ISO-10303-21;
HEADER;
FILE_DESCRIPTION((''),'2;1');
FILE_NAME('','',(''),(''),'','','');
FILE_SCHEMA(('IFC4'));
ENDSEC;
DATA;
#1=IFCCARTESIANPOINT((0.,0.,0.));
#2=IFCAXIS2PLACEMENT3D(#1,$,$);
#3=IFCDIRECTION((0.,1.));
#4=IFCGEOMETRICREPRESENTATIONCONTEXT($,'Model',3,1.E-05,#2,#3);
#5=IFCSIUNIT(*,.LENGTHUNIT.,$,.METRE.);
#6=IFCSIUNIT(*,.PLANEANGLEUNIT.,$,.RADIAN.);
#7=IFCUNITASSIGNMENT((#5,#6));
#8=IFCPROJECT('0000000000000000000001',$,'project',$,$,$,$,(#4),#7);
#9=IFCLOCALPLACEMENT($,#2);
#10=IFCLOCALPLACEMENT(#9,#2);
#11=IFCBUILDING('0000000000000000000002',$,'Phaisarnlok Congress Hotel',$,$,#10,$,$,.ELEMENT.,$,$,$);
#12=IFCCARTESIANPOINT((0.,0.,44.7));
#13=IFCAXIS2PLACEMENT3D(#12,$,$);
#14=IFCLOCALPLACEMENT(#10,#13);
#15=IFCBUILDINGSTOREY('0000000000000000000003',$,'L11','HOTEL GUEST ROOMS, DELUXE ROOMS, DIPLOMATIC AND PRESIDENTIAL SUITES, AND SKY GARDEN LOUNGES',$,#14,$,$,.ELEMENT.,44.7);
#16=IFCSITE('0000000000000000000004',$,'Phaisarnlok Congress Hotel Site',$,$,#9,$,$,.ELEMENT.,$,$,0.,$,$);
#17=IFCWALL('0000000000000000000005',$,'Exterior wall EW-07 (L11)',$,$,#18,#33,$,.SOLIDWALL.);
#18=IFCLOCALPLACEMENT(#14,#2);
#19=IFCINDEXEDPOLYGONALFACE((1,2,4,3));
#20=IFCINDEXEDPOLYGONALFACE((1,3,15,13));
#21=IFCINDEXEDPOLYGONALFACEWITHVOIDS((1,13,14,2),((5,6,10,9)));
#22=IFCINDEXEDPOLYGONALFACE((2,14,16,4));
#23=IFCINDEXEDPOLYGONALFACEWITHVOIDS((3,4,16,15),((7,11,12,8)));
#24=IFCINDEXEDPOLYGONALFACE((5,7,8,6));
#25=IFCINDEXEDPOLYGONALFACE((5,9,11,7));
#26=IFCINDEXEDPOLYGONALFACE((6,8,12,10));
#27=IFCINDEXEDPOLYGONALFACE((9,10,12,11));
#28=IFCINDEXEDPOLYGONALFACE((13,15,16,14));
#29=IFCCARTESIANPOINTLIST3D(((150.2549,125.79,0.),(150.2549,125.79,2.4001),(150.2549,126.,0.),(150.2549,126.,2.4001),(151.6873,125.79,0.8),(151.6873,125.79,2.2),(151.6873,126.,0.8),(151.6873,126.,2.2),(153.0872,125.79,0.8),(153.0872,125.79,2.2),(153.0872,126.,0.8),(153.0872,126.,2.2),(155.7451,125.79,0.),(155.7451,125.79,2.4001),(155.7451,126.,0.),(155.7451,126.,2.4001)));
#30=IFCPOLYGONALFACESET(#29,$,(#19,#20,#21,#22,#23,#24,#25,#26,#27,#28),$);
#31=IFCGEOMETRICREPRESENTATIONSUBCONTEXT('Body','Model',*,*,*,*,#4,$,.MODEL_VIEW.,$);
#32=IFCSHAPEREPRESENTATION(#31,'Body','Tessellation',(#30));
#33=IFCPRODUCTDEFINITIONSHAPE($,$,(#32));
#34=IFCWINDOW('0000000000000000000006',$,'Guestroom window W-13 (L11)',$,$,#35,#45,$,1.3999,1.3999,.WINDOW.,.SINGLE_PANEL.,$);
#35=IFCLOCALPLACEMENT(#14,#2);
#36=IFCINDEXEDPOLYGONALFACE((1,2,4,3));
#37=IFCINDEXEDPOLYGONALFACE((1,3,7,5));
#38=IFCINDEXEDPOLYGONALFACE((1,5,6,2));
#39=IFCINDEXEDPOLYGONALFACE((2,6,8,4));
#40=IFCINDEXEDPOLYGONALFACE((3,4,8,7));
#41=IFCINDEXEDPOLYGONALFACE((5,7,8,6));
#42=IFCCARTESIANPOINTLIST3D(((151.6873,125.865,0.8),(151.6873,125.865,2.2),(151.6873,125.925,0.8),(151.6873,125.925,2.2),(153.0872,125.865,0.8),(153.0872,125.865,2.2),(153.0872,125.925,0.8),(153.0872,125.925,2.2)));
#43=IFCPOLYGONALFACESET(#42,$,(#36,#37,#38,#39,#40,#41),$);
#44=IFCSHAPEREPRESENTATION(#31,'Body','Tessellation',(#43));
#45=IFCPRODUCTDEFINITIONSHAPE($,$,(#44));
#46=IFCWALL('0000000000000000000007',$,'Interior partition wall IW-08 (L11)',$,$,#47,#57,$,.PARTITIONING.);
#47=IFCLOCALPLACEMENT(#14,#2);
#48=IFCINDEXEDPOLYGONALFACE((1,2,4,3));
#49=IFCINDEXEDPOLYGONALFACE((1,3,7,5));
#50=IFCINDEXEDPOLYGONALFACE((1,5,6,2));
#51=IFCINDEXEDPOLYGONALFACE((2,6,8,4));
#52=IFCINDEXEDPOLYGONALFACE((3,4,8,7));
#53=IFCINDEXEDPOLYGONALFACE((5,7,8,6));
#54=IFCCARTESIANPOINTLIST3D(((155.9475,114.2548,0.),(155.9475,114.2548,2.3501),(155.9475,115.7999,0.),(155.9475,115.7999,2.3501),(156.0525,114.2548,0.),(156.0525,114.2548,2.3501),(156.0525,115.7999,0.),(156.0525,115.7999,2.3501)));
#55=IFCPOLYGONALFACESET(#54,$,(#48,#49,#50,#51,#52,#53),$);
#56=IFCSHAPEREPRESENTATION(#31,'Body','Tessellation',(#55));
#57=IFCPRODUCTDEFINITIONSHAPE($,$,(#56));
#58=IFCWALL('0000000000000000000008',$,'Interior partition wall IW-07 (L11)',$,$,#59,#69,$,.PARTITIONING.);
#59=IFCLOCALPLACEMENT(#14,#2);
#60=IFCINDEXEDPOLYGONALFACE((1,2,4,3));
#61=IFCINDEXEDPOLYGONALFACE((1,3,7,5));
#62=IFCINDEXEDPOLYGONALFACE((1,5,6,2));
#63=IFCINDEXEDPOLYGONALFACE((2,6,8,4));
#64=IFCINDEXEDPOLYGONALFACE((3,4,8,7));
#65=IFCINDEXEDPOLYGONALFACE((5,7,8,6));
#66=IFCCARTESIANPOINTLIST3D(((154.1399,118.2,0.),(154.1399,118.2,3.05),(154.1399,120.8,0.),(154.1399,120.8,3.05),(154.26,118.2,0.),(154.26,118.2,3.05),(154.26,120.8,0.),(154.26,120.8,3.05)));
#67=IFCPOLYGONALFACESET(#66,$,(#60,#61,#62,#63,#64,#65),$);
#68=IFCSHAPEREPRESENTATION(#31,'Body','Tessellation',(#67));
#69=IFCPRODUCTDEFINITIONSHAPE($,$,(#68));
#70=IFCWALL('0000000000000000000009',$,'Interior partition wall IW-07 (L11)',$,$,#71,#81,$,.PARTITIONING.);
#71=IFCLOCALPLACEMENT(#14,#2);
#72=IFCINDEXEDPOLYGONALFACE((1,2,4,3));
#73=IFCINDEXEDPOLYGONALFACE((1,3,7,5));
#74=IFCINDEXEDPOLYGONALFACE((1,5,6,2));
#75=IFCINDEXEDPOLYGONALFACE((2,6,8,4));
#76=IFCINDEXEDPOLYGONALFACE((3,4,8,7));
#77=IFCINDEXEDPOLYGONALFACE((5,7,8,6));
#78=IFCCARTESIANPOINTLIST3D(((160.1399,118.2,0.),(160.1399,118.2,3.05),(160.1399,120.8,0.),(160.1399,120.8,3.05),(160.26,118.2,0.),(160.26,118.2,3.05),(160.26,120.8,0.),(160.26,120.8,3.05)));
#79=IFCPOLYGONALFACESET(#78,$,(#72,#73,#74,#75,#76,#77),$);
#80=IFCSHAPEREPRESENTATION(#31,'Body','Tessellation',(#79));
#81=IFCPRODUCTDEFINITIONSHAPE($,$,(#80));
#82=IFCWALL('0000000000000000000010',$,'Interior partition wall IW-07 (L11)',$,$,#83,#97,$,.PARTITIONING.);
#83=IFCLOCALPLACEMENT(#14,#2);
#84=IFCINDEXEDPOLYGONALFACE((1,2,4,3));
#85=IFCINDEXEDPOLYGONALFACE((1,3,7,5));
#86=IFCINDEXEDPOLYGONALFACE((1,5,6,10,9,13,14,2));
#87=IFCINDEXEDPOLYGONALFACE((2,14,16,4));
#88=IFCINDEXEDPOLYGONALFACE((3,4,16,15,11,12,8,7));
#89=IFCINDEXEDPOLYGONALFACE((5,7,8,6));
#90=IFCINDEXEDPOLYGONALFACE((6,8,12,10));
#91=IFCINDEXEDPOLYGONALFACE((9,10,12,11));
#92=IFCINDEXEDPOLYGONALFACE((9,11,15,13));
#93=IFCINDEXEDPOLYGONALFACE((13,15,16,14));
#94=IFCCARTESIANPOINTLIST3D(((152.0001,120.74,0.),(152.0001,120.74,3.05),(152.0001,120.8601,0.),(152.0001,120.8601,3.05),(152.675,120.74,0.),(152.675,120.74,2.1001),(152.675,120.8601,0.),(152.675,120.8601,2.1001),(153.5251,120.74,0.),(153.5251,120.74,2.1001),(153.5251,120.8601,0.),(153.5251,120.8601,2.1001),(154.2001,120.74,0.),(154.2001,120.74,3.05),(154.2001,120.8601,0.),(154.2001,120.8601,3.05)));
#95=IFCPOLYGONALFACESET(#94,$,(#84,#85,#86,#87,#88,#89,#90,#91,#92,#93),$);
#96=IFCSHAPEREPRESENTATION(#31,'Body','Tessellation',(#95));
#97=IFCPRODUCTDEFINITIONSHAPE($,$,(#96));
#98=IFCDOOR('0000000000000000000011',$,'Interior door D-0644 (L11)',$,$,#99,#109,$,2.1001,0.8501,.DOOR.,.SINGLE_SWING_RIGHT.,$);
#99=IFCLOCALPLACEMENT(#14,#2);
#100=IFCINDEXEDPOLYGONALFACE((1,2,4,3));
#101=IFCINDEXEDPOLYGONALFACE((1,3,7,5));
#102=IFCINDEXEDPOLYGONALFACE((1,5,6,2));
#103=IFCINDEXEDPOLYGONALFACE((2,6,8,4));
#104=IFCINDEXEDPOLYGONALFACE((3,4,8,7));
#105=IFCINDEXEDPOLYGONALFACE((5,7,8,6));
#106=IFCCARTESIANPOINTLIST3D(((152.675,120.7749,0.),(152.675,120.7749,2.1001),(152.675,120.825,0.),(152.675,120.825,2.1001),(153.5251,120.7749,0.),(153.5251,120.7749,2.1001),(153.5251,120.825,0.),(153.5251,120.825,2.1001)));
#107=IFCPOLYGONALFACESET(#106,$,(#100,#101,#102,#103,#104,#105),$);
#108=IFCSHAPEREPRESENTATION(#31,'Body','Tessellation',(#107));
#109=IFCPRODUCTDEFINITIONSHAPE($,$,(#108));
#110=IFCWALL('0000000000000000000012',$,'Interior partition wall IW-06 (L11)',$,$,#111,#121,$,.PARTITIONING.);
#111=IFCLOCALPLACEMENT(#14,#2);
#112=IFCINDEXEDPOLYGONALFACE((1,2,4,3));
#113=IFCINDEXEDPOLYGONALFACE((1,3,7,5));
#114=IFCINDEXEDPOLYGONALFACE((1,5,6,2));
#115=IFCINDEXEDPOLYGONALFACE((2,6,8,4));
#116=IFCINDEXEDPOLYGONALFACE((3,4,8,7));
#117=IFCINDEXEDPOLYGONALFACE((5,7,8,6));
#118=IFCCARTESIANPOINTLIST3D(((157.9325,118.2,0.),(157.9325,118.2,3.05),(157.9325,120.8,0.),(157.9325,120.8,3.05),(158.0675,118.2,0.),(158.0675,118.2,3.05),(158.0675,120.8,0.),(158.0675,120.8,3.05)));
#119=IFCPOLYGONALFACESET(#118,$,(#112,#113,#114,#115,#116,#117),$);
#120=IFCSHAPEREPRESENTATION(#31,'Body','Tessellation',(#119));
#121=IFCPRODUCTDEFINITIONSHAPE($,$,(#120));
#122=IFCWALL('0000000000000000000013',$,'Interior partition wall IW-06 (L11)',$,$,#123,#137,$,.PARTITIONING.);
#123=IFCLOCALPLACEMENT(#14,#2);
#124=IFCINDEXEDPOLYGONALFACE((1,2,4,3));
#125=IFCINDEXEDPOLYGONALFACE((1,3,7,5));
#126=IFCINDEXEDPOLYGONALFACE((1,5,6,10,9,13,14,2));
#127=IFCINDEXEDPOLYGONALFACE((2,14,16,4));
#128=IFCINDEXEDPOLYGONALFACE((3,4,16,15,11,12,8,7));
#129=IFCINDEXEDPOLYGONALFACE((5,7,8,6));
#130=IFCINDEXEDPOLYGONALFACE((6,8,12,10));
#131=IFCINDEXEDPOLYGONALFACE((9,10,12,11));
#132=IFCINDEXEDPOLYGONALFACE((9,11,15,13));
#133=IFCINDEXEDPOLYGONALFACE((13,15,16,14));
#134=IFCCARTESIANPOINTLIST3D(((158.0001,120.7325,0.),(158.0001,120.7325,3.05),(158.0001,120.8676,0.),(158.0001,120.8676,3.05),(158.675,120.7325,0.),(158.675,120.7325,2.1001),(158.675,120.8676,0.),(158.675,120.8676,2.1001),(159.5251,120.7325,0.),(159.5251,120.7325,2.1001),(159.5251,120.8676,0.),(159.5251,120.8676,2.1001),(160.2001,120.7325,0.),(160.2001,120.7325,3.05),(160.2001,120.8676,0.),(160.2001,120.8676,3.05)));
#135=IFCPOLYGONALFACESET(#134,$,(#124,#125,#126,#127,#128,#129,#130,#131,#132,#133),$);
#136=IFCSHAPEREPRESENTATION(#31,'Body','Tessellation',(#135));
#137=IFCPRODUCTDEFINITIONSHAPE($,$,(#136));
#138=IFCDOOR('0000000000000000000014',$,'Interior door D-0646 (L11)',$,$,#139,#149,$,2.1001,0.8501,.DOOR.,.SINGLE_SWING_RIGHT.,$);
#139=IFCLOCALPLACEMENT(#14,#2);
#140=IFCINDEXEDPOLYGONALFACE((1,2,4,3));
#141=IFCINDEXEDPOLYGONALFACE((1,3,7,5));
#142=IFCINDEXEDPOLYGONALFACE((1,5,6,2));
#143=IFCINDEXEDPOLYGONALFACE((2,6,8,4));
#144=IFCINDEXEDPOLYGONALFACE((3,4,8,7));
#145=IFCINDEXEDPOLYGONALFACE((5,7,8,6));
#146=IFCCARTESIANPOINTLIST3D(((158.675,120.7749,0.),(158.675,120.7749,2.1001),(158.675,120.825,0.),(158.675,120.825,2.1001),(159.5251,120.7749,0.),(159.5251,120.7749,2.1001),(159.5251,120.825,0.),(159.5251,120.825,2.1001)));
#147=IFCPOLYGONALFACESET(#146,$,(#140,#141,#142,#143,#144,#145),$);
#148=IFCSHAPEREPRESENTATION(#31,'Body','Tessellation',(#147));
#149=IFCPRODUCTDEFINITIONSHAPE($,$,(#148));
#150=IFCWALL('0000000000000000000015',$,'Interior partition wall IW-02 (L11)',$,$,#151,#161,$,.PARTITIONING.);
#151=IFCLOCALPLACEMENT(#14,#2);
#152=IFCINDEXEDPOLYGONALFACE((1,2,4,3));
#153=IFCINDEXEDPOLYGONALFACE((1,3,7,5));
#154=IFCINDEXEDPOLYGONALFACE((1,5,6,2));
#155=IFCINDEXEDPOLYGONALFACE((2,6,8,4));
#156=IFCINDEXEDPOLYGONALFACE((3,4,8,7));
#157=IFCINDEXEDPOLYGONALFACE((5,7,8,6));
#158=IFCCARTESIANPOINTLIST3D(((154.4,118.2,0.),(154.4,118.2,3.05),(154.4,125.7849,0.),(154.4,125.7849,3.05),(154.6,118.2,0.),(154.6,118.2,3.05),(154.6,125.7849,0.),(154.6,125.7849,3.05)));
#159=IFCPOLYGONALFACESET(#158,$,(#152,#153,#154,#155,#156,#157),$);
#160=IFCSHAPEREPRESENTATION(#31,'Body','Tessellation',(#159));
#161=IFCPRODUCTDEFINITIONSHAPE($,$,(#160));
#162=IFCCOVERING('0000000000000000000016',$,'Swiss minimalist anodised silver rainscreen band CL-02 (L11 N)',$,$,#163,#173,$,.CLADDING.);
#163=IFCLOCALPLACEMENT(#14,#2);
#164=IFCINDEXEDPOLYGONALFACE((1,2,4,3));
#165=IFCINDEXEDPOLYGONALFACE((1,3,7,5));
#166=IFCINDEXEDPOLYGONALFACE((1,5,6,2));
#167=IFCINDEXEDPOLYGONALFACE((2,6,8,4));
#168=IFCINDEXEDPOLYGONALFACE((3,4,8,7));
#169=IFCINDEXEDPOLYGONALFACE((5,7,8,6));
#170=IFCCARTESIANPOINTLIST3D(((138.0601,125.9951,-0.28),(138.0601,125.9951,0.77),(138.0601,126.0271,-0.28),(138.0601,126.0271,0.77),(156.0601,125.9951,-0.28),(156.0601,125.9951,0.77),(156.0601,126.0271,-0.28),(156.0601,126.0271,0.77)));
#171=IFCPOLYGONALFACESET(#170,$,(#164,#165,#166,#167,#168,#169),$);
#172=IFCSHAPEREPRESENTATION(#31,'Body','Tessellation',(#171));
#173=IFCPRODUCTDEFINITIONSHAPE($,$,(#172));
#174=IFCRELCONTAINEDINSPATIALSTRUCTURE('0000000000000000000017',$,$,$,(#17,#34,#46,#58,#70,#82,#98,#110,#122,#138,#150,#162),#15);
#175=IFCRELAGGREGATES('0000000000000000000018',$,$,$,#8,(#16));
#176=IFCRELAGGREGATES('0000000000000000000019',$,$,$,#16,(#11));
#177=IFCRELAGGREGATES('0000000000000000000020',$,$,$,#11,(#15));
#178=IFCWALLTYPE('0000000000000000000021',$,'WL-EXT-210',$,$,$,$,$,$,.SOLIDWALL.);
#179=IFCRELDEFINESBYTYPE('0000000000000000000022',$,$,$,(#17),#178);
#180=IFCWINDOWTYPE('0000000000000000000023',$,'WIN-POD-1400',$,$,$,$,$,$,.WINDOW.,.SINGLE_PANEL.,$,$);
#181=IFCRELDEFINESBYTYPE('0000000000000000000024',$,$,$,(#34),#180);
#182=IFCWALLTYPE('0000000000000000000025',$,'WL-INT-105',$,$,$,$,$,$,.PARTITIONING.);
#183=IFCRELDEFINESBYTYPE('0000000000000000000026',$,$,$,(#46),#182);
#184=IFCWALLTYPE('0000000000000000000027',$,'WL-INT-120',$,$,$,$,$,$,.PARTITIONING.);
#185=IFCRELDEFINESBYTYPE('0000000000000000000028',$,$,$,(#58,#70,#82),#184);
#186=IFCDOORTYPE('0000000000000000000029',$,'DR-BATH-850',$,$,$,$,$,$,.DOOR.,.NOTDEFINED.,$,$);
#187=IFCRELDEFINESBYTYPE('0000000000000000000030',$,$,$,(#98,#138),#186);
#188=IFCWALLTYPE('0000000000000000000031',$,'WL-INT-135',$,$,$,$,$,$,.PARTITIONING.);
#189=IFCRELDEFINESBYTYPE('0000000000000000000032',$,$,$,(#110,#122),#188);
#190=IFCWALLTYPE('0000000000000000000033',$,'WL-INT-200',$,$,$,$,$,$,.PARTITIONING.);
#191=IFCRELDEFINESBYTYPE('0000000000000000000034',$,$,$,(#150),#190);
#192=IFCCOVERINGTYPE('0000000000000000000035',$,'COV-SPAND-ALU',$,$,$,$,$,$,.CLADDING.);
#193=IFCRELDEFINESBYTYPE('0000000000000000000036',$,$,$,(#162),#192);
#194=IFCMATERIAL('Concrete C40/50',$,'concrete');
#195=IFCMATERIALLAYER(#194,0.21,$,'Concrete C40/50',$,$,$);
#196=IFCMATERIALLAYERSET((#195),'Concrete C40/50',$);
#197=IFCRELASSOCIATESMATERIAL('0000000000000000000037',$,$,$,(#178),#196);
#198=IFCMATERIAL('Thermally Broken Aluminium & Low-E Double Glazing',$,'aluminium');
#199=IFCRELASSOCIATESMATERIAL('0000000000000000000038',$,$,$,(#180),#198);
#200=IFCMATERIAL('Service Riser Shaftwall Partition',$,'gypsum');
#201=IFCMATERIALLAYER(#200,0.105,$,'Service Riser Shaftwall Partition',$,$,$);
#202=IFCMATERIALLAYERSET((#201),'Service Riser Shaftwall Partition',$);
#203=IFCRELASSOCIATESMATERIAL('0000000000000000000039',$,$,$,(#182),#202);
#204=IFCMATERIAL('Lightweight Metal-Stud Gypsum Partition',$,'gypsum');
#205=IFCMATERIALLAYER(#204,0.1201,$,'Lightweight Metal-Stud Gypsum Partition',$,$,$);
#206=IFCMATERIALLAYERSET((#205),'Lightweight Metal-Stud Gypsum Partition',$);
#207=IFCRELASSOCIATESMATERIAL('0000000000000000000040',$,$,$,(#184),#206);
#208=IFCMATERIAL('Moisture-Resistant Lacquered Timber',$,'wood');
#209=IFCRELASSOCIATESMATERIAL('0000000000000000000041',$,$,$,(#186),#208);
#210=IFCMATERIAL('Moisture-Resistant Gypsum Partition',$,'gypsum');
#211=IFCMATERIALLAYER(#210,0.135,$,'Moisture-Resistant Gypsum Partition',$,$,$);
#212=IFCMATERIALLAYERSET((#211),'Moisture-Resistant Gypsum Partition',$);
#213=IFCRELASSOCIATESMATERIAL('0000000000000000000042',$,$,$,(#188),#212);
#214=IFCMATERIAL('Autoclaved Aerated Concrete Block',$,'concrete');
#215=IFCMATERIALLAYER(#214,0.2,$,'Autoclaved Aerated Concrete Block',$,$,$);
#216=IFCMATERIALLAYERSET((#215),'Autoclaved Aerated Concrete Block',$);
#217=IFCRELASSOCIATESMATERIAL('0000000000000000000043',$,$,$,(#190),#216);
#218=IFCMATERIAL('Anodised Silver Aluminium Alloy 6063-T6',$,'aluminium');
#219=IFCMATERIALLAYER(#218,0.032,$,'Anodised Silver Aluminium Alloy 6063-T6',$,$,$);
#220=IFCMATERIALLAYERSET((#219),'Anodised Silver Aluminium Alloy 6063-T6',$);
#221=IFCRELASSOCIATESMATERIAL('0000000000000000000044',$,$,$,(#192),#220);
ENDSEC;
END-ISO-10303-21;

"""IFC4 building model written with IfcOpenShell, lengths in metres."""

from ifc_helpers import new_model, si_unit, direction, frame, frame_2d, origin, place, context, subcontext, project, spatial, polyline, rectangle, outline, extrude, material, layer, layer_set, type_object, element, fill, save


model = new_model("IFC4")

# Units and contexts
model_context = context("Model", 3, precision=1e-05, world=origin(), true_north=direction((0.0, 1.0)))
body_context = subcontext(model_context, "Body", "Model", "MODEL_VIEW")
ifc_project = project(units=[si_unit("LENGTHUNIT", "METRE"), si_unit("PLANEANGLEUNIT", "RADIAN")], contexts=[model_context])

# Site, building, storey
site_placement = place(None, origin())
site = spatial("IfcSite", under=ifc_project, at=site_placement, Name="Phaisarnlok Congress Hotel Site", CompositionType="ELEMENT", RefElevation=0.0)
building_placement = place(site_placement, origin())
building = spatial("IfcBuilding", under=site, at=building_placement, Name="Phaisarnlok Congress Hotel", CompositionType="ELEMENT")
storey_placement = place(building_placement, frame((0.0, 0.0, 44.7)))
storey = spatial("IfcBuildingStorey", under=building, at=storey_placement, Name="L11", Description="HOTEL GUEST ROOMS, DELUXE ROOMS, DIPLOMATIC AND PRESIDENTIAL SUITES, AND SKY GARDEN LOUNGES", CompositionType="ELEMENT", Elevation=44.7)

# Shared definitions
ifc_material_1 = material(Name="Concrete C40/50", Category="concrete")

# Wall, opening, window
ifc_layer_1 = layer(ifc_material_1, 0.21, Name="Concrete C40/50")
ifc_layer_set_1 = layer_set([ifc_layer_1], Name="Concrete C40/50")
wall_type_1 = type_object("IfcWallType", Name="WL-EXT-210", PredefinedType="SOLIDWALL", material=ifc_layer_set_1)
wall_1_placement = place(storey_placement, frame((155.7451, 125.895, 0.0), z_axis=(0.0, 0.0, 1.0), x_axis=(-1.0, 0.0, 0.0)))
wall_1 = element("IfcWall", 1, at=wall_1_placement, inside=storey, type_object=wall_type_1, Name="Exterior wall EW-07 (L11)", PredefinedType="SOLIDWALL", context=body_context, shape_type="SweptSolid", body=[
    extrude(rectangle(XDim=5.4902, YDim=0.21, at=frame_2d((2.7451, 0.0))), origin(), (0.0, 0.0, 1.0), 2.4001),
])
opening_1_placement = place(wall_1_placement, frame((2.658, 0.0, 0.8)))
opening_1 = element("IfcOpeningElement", 2, at=opening_1_placement, cuts=wall_1, PredefinedType="OPENING", context=body_context, shape_type="SweptSolid", body=[
    extrude(rectangle(XDim=1.3999, YDim=1.3999, at=frame_2d((0.7, 0.7))), frame((0.0, 0.115, 0.0), z_axis=(0.0, -1.0, 0.0), x_axis=(1.0, 0.0, 0.0)), (0.0, 0.0, 1.0), 0.23),
])
ifc_material_2 = material(Name="Thermally Broken Aluminium & Low-E Double Glazing", Category="aluminium")
window_type = type_object("IfcWindowType", Name="WIN-POD-1400", PartitioningType="SINGLE_PANEL", PredefinedType="WINDOW", material=ifc_material_2)
window_placement = place(opening_1_placement, origin())
window = element("IfcWindow", 3, at=window_placement, inside=storey, type_object=window_type, Name="Guestroom window W-13 (L11)", OverallHeight=1.3999, OverallWidth=1.3999, PartitioningType="SINGLE_PANEL", PredefinedType="WINDOW", context=body_context, shape_type="SweptSolid", body=[
    extrude(rectangle(XDim=1.3999, YDim=1.3999, at=frame_2d((0.7, 0.7))), frame((0.0, 0.03, 0.0), z_axis=(0.0, -1.0, 0.0), x_axis=(1.0, 0.0, 0.0)), (0.0, 0.0, 1.0), 0.0601),
])
fill(opening_1, window)

# Walls
ifc_material_3 = material(Name="Service Riser Shaftwall Partition", Category="gypsum")
ifc_layer_2 = layer(ifc_material_3, 0.105, Name="Service Riser Shaftwall Partition")
ifc_layer_set_2 = layer_set([ifc_layer_2], Name="Service Riser Shaftwall Partition")
wall_type_2 = type_object("IfcWallType", Name="WL-INT-105", PredefinedType="PARTITIONING", material=ifc_layer_set_2)
wall_2_placement = place(storey_placement, frame((156.0, 114.2549, 0.0), z_axis=(0.0, 0.0, 1.0), x_axis=(0.0, 1.0, 0.0)))
element("IfcWall", 4, at=wall_2_placement, inside=storey, type_object=wall_type_2, Name="Interior partition wall IW-08 (L11)", PredefinedType="PARTITIONING", context=body_context, shape_type="SweptSolid", body=[
    extrude(rectangle(XDim=1.5452, YDim=0.105, at=frame_2d((0.7725, 0.0))), origin(), (0.0, 0.0, 1.0), 2.3501),
])
ifc_material_4 = material(Name="Lightweight Metal-Stud Gypsum Partition", Category="gypsum")
ifc_layer_3 = layer(ifc_material_4, 0.1201, Name="Lightweight Metal-Stud Gypsum Partition")
ifc_layer_set_3 = layer_set([ifc_layer_3], Name="Lightweight Metal-Stud Gypsum Partition")
wall_type_3 = type_object("IfcWallType", Name="WL-INT-120", PredefinedType="PARTITIONING", material=ifc_layer_set_3)
for number, where, z_axis, x_axis, name in (
    (5, (154.2, 118.2, 0.0), (0.0, 0.0, 1.0), (0.0, 1.0, 0.0), "Interior partition wall IW-07 (L11)"),
    (6, (160.2, 118.2, 0.0), (0.0, 0.0, 1.0), (0.0, 1.0, 0.0), "Interior partition wall IW-07 (L11)"),
):
    element("IfcWall", number, at=place(storey_placement, frame(where, z_axis=z_axis, x_axis=x_axis)), inside=storey, type_object=wall_type_3, Name=name, PredefinedType="PARTITIONING", context=body_context, shape_type="SweptSolid", body=[
        extrude(rectangle(XDim=2.6001, YDim=0.1201, at=frame_2d((1.3, 0.0))), origin(), (0.0, 0.0, 1.0), 3.05),
    ])

# Wall, opening, door
wall_3_placement = place(storey_placement, frame((152.0, 120.8, 0.0), z_axis=(0.0, 0.0, 1.0), x_axis=(1.0, 0.0, 0.0)))
wall_3 = element("IfcWall", 7, at=wall_3_placement, inside=storey, type_object=wall_type_3, Name="Interior partition wall IW-07 (L11)", PredefinedType="PARTITIONING", context=body_context, shape_type="SweptSolid", body=[
    extrude(rectangle(XDim=2.2, YDim=0.1201, at=frame_2d((1.1001, 0.0))), origin(), (0.0, 0.0, 1.0), 3.05),
])
opening_2_placement = place(wall_3_placement, frame((0.675, 0.0, 0.0)))
opening_2 = element("IfcOpeningElement", 8, at=opening_2_placement, cuts=wall_3, PredefinedType="OPENING", context=body_context, shape_type="SweptSolid", body=[
    extrude(rectangle(XDim=0.8501, YDim=2.1001, at=frame_2d((0.425, 1.05))), frame((0.0, 0.0701, 0.0), z_axis=(0.0, -1.0, 0.0), x_axis=(1.0, 0.0, 0.0)), (0.0, 0.0, 1.0), 0.1401),
])
ifc_material_5 = material(Name="Moisture-Resistant Lacquered Timber", Category="wood")
door_type = type_object("IfcDoorType", Name="DR-BATH-850", OperationType="NOTDEFINED", PredefinedType="DOOR", material=ifc_material_5)
door_1_placement = place(opening_2_placement, origin())
door_1 = element("IfcDoor", 9, at=door_1_placement, inside=storey, type_object=door_type, Name="Interior door D-0644 (L11)", OperationType="SINGLE_SWING_RIGHT", OverallHeight=2.1001, OverallWidth=0.8501, PredefinedType="DOOR", context=body_context, shape_type="SweptSolid", body=[
    extrude(rectangle(XDim=0.8501, YDim=2.1001, at=frame_2d((0.425, 1.05))), frame((0.0, 0.0249, 0.0), z_axis=(0.0, -1.0, 0.0), x_axis=(1.0, 0.0, 0.0)), (0.0, 0.0, 1.0), 0.05),
])
fill(opening_2, door_1)

# Wall
ifc_material_6 = material(Name="Moisture-Resistant Gypsum Partition", Category="gypsum")
ifc_layer_4 = layer(ifc_material_6, 0.135, Name="Moisture-Resistant Gypsum Partition")
ifc_layer_set_4 = layer_set([ifc_layer_4], Name="Moisture-Resistant Gypsum Partition")
wall_type_4 = type_object("IfcWallType", Name="WL-INT-135", PredefinedType="PARTITIONING", material=ifc_layer_set_4)
wall_4_placement = place(storey_placement, frame((158.0, 118.2, 0.0), z_axis=(0.0, 0.0, 1.0), x_axis=(0.0, 1.0, 0.0)))
element("IfcWall", 10, at=wall_4_placement, inside=storey, type_object=wall_type_4, Name="Interior partition wall IW-06 (L11)", PredefinedType="PARTITIONING", context=body_context, shape_type="SweptSolid", body=[
    extrude(rectangle(XDim=2.6001, YDim=0.135, at=frame_2d((1.3, 0.0))), origin(), (0.0, 0.0, 1.0), 3.05),
])

# Wall, opening, door
wall_5_placement = place(storey_placement, frame((158.0, 120.8, 0.0), z_axis=(0.0, 0.0, 1.0), x_axis=(1.0, 0.0, 0.0)))
wall_5 = element("IfcWall", 11, at=wall_5_placement, inside=storey, type_object=wall_type_4, Name="Interior partition wall IW-06 (L11)", PredefinedType="PARTITIONING", context=body_context, shape_type="SweptSolid", body=[
    extrude(rectangle(XDim=2.2, YDim=0.135, at=frame_2d((1.1001, 0.0))), origin(), (0.0, 0.0, 1.0), 3.05),
])
opening_3_placement = place(wall_5_placement, frame((0.675, 0.0, 0.0)))
opening_3 = element("IfcOpeningElement", 12, at=opening_3_placement, cuts=wall_5, PredefinedType="OPENING", context=body_context, shape_type="SweptSolid", body=[
    extrude(rectangle(XDim=0.8501, YDim=2.1001, at=frame_2d((0.425, 1.05))), frame((0.0, 0.0776, 0.0), z_axis=(0.0, -1.0, 0.0), x_axis=(1.0, 0.0, 0.0)), (0.0, 0.0, 1.0), 0.155),
])
door_2_placement = place(opening_3_placement, origin())
door_2 = element("IfcDoor", 13, at=door_2_placement, inside=storey, type_object=door_type, Name="Interior door D-0646 (L11)", OperationType="SINGLE_SWING_RIGHT", OverallHeight=2.1001, OverallWidth=0.8501, PredefinedType="DOOR", context=body_context, shape_type="SweptSolid", body=[
    extrude(rectangle(XDim=0.8501, YDim=2.1001, at=frame_2d((0.425, 1.05))), frame((0.0, 0.0249, 0.0), z_axis=(0.0, -1.0, 0.0), x_axis=(1.0, 0.0, 0.0)), (0.0, 0.0, 1.0), 0.05),
])
fill(opening_3, door_2)

# Wall
ifc_material_7 = material(Name="Autoclaved Aerated Concrete Block", Category="concrete")
ifc_layer_5 = layer(ifc_material_7, 0.2, Name="Autoclaved Aerated Concrete Block")
ifc_layer_set_5 = layer_set([ifc_layer_5], Name="Autoclaved Aerated Concrete Block")
wall_type_5 = type_object("IfcWallType", Name="WL-INT-200", PredefinedType="PARTITIONING", material=ifc_layer_set_5)
wall_6_placement = place(storey_placement, frame((154.5, 118.2, 0.0), z_axis=(0.0, 0.0, 1.0), x_axis=(0.0, 1.0, 0.0)))
element("IfcWall", 14, at=wall_6_placement, inside=storey, type_object=wall_type_5, Name="Interior partition wall IW-02 (L11)", PredefinedType="PARTITIONING", context=body_context, shape_type="SweptSolid", body=[
    extrude(rectangle(XDim=7.585, YDim=0.2, at=frame_2d((3.7925, 0.0))), origin(), (0.0, 0.0, 1.0), 3.05),
])

# Covering
ifc_material_8 = material(Name="Anodised Silver Aluminium Alloy 6063-T6", Category="aluminium")
ifc_layer_6 = layer(ifc_material_8, 0.032, Name="Anodised Silver Aluminium Alloy 6063-T6")
ifc_layer_set_6 = layer_set([ifc_layer_6], Name="Anodised Silver Aluminium Alloy 6063-T6")
covering_type = type_object("IfcCoveringType", Name="COV-SPAND-ALU", PredefinedType="CLADDING", material=ifc_layer_set_6)
covering_placement = place(storey_placement, frame((156.0601, 125.9951, -0.28), z_axis=(0.0, 1.0, 0.0), x_axis=(-1.0, 0.0, 0.0)))
element("IfcCovering", 15, at=covering_placement, inside=storey, type_object=covering_type, Name="Swiss minimalist anodised silver rainscreen band CL-02 (L11 N)", PredefinedType="CLADDING", context=body_context, shape_type="SweptSolid", body=[
    extrude(outline(polyline([(0.0, 0.0), (18.0, 0.0), (18.0, 1.05), (0.0, 1.05), (0.0, 0.0)])), origin(), (0.0, 0.0, 1.0), 0.032),
])

save(model, "model.ifc")
